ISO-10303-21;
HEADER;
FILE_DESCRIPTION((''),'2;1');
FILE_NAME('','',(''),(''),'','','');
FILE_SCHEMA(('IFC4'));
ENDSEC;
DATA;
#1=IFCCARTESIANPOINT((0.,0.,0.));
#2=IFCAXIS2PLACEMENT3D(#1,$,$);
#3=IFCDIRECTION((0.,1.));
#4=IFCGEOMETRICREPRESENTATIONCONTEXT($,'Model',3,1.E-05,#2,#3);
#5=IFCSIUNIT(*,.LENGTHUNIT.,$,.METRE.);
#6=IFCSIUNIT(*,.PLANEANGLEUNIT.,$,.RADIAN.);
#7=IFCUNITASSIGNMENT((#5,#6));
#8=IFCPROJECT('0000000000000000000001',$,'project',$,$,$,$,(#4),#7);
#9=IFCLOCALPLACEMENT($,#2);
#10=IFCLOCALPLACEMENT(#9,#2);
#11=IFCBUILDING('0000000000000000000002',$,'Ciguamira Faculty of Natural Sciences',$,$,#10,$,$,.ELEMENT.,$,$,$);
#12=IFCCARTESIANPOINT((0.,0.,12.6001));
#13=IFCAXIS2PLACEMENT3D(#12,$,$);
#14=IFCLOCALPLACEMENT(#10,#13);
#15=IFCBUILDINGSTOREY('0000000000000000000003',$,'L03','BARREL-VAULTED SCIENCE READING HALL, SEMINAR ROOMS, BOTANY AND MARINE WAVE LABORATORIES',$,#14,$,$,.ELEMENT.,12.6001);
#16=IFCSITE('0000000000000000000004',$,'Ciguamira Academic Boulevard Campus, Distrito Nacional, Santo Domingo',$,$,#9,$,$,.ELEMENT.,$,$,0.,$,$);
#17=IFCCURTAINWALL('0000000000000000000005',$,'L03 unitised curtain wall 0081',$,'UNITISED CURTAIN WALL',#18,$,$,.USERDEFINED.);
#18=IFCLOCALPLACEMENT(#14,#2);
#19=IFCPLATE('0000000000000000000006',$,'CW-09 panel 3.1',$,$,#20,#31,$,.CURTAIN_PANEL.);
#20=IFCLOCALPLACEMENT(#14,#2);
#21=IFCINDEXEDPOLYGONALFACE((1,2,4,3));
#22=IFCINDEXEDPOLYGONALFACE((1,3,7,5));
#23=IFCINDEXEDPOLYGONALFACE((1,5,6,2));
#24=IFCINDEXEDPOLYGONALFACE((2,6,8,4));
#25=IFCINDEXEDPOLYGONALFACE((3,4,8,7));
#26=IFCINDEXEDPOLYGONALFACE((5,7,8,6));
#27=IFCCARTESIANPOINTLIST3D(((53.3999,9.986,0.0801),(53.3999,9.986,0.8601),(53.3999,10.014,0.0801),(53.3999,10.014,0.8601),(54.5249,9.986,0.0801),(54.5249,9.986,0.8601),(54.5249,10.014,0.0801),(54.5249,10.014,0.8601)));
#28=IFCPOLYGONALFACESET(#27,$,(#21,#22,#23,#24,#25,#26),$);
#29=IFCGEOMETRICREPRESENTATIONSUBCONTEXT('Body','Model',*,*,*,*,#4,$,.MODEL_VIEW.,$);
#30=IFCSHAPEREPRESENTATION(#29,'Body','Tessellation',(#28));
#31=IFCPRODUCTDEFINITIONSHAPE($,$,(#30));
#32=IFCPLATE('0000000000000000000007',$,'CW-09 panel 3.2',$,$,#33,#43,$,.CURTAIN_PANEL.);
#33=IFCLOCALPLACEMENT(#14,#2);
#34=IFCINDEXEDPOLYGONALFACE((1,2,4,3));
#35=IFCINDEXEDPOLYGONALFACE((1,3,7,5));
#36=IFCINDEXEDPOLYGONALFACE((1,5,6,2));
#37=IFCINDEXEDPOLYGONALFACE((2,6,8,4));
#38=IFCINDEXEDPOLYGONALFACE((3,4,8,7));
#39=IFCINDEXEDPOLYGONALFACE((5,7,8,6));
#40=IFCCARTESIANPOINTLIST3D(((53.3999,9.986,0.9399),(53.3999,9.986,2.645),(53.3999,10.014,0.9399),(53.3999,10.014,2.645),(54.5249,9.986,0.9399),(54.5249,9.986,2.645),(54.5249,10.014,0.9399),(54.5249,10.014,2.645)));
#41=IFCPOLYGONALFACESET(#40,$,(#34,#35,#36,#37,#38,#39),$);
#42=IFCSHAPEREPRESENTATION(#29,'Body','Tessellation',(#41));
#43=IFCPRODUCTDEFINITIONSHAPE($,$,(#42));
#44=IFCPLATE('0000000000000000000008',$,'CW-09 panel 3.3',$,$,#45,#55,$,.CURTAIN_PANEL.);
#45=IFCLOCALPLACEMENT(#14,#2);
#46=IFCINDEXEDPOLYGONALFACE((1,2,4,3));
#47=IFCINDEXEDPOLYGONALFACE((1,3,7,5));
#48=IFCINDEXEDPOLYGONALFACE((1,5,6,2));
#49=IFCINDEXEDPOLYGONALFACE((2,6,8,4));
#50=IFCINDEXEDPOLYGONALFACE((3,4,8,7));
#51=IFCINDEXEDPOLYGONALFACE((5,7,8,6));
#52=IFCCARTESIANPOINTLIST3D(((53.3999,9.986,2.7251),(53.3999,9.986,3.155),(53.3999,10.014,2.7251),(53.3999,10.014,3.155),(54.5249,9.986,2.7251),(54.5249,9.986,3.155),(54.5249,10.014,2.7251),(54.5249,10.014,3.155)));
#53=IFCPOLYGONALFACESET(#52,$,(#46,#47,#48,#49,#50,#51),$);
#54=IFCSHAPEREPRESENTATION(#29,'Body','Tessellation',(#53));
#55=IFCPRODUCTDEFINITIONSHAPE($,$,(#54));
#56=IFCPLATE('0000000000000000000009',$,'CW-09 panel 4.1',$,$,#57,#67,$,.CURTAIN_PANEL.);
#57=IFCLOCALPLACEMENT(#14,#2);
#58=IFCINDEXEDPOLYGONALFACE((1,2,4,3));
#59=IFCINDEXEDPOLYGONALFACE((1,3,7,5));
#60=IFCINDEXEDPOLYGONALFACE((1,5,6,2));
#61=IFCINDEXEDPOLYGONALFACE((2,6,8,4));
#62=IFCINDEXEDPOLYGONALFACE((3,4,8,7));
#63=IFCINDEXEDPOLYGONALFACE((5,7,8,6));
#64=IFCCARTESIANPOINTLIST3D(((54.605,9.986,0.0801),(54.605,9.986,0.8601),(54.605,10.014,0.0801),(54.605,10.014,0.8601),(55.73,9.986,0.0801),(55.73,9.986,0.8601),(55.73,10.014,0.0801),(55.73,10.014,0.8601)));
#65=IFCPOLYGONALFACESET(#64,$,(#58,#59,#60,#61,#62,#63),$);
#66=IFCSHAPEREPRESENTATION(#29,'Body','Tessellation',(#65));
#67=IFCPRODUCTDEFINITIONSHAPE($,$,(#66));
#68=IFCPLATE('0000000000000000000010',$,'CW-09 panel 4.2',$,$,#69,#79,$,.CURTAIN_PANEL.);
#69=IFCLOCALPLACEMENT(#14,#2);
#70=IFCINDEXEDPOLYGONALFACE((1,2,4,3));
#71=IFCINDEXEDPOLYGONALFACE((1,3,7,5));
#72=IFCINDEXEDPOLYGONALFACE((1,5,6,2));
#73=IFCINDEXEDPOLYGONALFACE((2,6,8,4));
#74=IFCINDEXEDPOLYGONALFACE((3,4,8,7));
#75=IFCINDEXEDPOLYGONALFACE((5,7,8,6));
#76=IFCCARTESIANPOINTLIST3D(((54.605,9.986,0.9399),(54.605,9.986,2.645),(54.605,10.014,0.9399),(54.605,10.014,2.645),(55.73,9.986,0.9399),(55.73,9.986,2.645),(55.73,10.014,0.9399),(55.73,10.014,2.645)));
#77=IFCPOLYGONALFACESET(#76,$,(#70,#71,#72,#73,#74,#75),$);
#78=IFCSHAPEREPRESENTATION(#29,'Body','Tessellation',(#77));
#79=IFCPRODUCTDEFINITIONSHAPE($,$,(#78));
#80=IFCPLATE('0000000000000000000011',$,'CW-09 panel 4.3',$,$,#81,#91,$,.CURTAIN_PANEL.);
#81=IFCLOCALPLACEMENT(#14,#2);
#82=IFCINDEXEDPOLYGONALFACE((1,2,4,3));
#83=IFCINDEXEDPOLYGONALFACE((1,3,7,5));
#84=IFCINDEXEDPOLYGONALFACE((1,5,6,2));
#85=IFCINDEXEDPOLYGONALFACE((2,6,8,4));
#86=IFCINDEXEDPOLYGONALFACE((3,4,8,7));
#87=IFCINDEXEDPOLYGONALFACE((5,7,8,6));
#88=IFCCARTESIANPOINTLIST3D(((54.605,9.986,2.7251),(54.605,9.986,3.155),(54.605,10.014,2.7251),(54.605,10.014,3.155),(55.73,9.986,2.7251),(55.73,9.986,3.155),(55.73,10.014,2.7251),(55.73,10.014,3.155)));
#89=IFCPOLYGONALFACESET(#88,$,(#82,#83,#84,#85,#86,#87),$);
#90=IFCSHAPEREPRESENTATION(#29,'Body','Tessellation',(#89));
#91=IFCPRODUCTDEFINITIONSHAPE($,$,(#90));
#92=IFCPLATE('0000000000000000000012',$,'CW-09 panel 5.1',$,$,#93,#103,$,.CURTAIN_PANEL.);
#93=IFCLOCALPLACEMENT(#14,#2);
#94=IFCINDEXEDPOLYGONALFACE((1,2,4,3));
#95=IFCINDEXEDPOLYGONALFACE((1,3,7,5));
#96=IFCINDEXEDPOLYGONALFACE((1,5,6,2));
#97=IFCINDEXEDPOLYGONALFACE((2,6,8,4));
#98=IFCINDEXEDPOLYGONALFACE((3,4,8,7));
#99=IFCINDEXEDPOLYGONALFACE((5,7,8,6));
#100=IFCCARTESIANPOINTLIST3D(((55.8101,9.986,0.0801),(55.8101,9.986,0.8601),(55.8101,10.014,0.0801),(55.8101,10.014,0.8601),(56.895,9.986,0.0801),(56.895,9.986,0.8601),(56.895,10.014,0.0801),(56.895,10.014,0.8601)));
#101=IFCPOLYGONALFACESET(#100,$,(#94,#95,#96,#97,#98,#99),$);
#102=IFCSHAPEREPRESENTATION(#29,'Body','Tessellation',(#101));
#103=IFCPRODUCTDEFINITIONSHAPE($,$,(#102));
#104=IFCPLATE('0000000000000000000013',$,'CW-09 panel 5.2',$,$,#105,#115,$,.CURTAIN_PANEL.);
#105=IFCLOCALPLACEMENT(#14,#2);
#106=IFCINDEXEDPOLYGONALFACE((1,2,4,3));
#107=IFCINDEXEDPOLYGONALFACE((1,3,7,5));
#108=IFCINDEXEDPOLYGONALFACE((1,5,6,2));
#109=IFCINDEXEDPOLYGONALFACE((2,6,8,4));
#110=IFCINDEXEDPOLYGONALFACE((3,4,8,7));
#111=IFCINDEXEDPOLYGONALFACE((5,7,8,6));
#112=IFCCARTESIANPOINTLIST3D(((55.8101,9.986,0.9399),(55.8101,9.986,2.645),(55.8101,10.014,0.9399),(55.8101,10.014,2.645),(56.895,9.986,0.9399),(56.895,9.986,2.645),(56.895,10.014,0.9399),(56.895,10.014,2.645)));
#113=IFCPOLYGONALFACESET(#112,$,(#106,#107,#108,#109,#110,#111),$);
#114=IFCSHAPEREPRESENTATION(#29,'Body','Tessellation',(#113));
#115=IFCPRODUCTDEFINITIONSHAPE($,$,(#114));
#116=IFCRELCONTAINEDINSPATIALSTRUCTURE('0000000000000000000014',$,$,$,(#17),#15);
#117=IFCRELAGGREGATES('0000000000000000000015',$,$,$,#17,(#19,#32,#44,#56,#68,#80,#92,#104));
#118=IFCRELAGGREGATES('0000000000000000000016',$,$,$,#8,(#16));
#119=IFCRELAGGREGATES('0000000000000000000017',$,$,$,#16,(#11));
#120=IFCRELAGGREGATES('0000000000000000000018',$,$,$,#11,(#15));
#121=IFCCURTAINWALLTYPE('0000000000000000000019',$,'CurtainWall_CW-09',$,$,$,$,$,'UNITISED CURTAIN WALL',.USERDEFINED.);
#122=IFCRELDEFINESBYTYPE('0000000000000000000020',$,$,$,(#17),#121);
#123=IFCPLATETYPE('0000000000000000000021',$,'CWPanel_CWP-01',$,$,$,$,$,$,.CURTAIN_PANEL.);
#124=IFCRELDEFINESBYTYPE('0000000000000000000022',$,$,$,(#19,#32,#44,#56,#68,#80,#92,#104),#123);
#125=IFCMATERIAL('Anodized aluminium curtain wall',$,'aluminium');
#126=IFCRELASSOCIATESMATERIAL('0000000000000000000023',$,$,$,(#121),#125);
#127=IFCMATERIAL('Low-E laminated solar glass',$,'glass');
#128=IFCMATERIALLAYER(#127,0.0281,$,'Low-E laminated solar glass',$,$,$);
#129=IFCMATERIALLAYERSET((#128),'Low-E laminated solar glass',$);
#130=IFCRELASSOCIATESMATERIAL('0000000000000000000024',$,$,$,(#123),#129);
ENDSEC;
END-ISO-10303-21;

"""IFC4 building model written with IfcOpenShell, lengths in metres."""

from ifc_helpers import new_model, si_unit, direction, frame, origin, origin_2d, place, context, subcontext, project, spatial, rectangle, extrude, material, layer, layer_set, type_object, element, aggregate, save


model = new_model("IFC4")

# Units and contexts
model_context = context("Model", 3, precision=1e-05, world=origin(), true_north=direction((0.0, 1.0)))
body_context = subcontext(model_context, "Body", "Model", "MODEL_VIEW")
ifc_project = project(units=[si_unit("LENGTHUNIT", "METRE"), si_unit("PLANEANGLEUNIT", "RADIAN")], contexts=[model_context])

# Site, building, storey
site_placement = place(None, origin())
site = spatial("IfcSite", under=ifc_project, at=site_placement, Name="Ciguamira Academic Boulevard Campus, Distrito Nacional, Santo Domingo", CompositionType="ELEMENT", RefElevation=0.0)
building_placement = place(site_placement, origin())
building = spatial("IfcBuilding", under=site, at=building_placement, Name="Ciguamira Faculty of Natural Sciences", CompositionType="ELEMENT")
storey_placement = place(building_placement, frame((0.0, 0.0, 12.6001)))
storey = spatial("IfcBuildingStorey", under=building, at=storey_placement, Name="L03", Description="BARREL-VAULTED SCIENCE READING HALL, SEMINAR ROOMS, BOTANY AND MARINE WAVE LABORATORIES", CompositionType="ELEMENT", Elevation=12.6001)

# Curtain wall
ifc_material_1 = material(Name="Anodized aluminium curtain wall", Category="aluminium")
curtain_wall_type = type_object("IfcCurtainWallType", Name="CurtainWall_CW-09", ElementType="UNITISED CURTAIN WALL", PredefinedType="USERDEFINED", material=ifc_material_1)
curtain_wall_placement = place(storey_placement, origin())
curtain_wall = element("IfcCurtainWall", 1, at=curtain_wall_placement, inside=storey, type_object=curtain_wall_type, Name="L03 unitised curtain wall 0081", ObjectType="UNITISED CURTAIN WALL", PredefinedType="USERDEFINED")

# Plates
ifc_material_2 = material(Name="Low-E laminated solar glass", Category="glass")
ifc_layer = layer(ifc_material_2, 0.0281, Name="Low-E laminated solar glass")
ifc_layer_set = layer_set([ifc_layer], Name="Low-E laminated solar glass")
plate_type = type_object("IfcPlateType", Name="CWPanel_CWP-01", PredefinedType="CURTAIN_PANEL", material=ifc_layer_set)
plate_1_placement = place(storey_placement, frame((53.9624, 10.0, 0.0801), z_axis=(0.0, 0.0, 1.0), x_axis=(1.0, 0.0, 0.0)))
plate_1 = element("IfcPlate", 2, at=plate_1_placement, type_object=plate_type, Name="CW-09 panel 3.1", PredefinedType="CURTAIN_PANEL", context=body_context, shape_type="SweptSolid", body=[
    extrude(rectangle(XDim=1.125, YDim=0.0281, at=origin_2d()), origin(), (0.0, 0.0, 1.0), 0.78),
])
plate_2_placement = place(storey_placement, frame((53.9624, 10.0, 0.9399), z_axis=(0.0, 0.0, 1.0), x_axis=(1.0, 0.0, 0.0)))
plate_2 = element("IfcPlate", 3, at=plate_2_placement, type_object=plate_type, Name="CW-09 panel 3.2", PredefinedType="CURTAIN_PANEL", context=body_context, shape_type="SweptSolid", body=[
    extrude(rectangle(XDim=1.125, YDim=0.0281, at=origin_2d()), origin(), (0.0, 0.0, 1.0), 1.7051),
])
plate_3_placement = place(storey_placement, frame((53.9624, 10.0, 2.7251), z_axis=(0.0, 0.0, 1.0), x_axis=(1.0, 0.0, 0.0)))
plate_3 = element("IfcPlate", 4, at=plate_3_placement, type_object=plate_type, Name="CW-09 panel 3.3", PredefinedType="CURTAIN_PANEL", context=body_context, shape_type="SweptSolid", body=[
    extrude(rectangle(XDim=1.125, YDim=0.0281, at=origin_2d()), origin(), (0.0, 0.0, 1.0), 0.4299),
])
plate_4_placement = place(storey_placement, frame((55.1675, 10.0, 0.0801), z_axis=(0.0, 0.0, 1.0), x_axis=(1.0, 0.0, 0.0)))
plate_4 = element("IfcPlate", 5, at=plate_4_placement, type_object=plate_type, Name="CW-09 panel 4.1", PredefinedType="CURTAIN_PANEL", context=body_context, shape_type="SweptSolid", body=[
    extrude(rectangle(XDim=1.125, YDim=0.0281, at=origin_2d()), origin(), (0.0, 0.0, 1.0), 0.78),
])
plate_5_placement = place(storey_placement, frame((55.1675, 10.0, 0.9399), z_axis=(0.0, 0.0, 1.0), x_axis=(1.0, 0.0, 0.0)))
plate_5 = element("IfcPlate", 6, at=plate_5_placement, type_object=plate_type, Name="CW-09 panel 4.2", PredefinedType="CURTAIN_PANEL", context=body_context, shape_type="SweptSolid", body=[
    extrude(rectangle(XDim=1.125, YDim=0.0281, at=origin_2d()), origin(), (0.0, 0.0, 1.0), 1.7051),
])
plate_6_placement = place(storey_placement, frame((55.1675, 10.0, 2.7251), z_axis=(0.0, 0.0, 1.0), x_axis=(1.0, 0.0, 0.0)))
plate_6 = element("IfcPlate", 7, at=plate_6_placement, type_object=plate_type, Name="CW-09 panel 4.3", PredefinedType="CURTAIN_PANEL", context=body_context, shape_type="SweptSolid", body=[
    extrude(rectangle(XDim=1.125, YDim=0.0281, at=origin_2d()), origin(), (0.0, 0.0, 1.0), 0.4299),
])
plate_7_placement = place(storey_placement, frame((56.3525, 10.0, 0.0801), z_axis=(0.0, 0.0, 1.0), x_axis=(1.0, 0.0, 0.0)))
plate_7 = element("IfcPlate", 8, at=plate_7_placement, type_object=plate_type, Name="CW-09 panel 5.1", PredefinedType="CURTAIN_PANEL", context=body_context, shape_type="SweptSolid", body=[
    extrude(rectangle(XDim=1.085, YDim=0.0281, at=origin_2d()), origin(), (0.0, 0.0, 1.0), 0.78),
])
plate_8_placement = place(storey_placement, frame((56.3525, 10.0, 0.9399), z_axis=(0.0, 0.0, 1.0), x_axis=(1.0, 0.0, 0.0)))
plate_8 = element("IfcPlate", 9, at=plate_8_placement, type_object=plate_type, Name="CW-09 panel 5.2", PredefinedType="CURTAIN_PANEL", context=body_context, shape_type="SweptSolid", body=[
    extrude(rectangle(XDim=1.085, YDim=0.0281, at=origin_2d()), origin(), (0.0, 0.0, 1.0), 1.7051),
])
aggregate(curtain_wall, [plate_1, plate_2, plate_3, plate_4, plate_5, plate_6, plate_7, plate_8])

save(model, "model.ifc")
